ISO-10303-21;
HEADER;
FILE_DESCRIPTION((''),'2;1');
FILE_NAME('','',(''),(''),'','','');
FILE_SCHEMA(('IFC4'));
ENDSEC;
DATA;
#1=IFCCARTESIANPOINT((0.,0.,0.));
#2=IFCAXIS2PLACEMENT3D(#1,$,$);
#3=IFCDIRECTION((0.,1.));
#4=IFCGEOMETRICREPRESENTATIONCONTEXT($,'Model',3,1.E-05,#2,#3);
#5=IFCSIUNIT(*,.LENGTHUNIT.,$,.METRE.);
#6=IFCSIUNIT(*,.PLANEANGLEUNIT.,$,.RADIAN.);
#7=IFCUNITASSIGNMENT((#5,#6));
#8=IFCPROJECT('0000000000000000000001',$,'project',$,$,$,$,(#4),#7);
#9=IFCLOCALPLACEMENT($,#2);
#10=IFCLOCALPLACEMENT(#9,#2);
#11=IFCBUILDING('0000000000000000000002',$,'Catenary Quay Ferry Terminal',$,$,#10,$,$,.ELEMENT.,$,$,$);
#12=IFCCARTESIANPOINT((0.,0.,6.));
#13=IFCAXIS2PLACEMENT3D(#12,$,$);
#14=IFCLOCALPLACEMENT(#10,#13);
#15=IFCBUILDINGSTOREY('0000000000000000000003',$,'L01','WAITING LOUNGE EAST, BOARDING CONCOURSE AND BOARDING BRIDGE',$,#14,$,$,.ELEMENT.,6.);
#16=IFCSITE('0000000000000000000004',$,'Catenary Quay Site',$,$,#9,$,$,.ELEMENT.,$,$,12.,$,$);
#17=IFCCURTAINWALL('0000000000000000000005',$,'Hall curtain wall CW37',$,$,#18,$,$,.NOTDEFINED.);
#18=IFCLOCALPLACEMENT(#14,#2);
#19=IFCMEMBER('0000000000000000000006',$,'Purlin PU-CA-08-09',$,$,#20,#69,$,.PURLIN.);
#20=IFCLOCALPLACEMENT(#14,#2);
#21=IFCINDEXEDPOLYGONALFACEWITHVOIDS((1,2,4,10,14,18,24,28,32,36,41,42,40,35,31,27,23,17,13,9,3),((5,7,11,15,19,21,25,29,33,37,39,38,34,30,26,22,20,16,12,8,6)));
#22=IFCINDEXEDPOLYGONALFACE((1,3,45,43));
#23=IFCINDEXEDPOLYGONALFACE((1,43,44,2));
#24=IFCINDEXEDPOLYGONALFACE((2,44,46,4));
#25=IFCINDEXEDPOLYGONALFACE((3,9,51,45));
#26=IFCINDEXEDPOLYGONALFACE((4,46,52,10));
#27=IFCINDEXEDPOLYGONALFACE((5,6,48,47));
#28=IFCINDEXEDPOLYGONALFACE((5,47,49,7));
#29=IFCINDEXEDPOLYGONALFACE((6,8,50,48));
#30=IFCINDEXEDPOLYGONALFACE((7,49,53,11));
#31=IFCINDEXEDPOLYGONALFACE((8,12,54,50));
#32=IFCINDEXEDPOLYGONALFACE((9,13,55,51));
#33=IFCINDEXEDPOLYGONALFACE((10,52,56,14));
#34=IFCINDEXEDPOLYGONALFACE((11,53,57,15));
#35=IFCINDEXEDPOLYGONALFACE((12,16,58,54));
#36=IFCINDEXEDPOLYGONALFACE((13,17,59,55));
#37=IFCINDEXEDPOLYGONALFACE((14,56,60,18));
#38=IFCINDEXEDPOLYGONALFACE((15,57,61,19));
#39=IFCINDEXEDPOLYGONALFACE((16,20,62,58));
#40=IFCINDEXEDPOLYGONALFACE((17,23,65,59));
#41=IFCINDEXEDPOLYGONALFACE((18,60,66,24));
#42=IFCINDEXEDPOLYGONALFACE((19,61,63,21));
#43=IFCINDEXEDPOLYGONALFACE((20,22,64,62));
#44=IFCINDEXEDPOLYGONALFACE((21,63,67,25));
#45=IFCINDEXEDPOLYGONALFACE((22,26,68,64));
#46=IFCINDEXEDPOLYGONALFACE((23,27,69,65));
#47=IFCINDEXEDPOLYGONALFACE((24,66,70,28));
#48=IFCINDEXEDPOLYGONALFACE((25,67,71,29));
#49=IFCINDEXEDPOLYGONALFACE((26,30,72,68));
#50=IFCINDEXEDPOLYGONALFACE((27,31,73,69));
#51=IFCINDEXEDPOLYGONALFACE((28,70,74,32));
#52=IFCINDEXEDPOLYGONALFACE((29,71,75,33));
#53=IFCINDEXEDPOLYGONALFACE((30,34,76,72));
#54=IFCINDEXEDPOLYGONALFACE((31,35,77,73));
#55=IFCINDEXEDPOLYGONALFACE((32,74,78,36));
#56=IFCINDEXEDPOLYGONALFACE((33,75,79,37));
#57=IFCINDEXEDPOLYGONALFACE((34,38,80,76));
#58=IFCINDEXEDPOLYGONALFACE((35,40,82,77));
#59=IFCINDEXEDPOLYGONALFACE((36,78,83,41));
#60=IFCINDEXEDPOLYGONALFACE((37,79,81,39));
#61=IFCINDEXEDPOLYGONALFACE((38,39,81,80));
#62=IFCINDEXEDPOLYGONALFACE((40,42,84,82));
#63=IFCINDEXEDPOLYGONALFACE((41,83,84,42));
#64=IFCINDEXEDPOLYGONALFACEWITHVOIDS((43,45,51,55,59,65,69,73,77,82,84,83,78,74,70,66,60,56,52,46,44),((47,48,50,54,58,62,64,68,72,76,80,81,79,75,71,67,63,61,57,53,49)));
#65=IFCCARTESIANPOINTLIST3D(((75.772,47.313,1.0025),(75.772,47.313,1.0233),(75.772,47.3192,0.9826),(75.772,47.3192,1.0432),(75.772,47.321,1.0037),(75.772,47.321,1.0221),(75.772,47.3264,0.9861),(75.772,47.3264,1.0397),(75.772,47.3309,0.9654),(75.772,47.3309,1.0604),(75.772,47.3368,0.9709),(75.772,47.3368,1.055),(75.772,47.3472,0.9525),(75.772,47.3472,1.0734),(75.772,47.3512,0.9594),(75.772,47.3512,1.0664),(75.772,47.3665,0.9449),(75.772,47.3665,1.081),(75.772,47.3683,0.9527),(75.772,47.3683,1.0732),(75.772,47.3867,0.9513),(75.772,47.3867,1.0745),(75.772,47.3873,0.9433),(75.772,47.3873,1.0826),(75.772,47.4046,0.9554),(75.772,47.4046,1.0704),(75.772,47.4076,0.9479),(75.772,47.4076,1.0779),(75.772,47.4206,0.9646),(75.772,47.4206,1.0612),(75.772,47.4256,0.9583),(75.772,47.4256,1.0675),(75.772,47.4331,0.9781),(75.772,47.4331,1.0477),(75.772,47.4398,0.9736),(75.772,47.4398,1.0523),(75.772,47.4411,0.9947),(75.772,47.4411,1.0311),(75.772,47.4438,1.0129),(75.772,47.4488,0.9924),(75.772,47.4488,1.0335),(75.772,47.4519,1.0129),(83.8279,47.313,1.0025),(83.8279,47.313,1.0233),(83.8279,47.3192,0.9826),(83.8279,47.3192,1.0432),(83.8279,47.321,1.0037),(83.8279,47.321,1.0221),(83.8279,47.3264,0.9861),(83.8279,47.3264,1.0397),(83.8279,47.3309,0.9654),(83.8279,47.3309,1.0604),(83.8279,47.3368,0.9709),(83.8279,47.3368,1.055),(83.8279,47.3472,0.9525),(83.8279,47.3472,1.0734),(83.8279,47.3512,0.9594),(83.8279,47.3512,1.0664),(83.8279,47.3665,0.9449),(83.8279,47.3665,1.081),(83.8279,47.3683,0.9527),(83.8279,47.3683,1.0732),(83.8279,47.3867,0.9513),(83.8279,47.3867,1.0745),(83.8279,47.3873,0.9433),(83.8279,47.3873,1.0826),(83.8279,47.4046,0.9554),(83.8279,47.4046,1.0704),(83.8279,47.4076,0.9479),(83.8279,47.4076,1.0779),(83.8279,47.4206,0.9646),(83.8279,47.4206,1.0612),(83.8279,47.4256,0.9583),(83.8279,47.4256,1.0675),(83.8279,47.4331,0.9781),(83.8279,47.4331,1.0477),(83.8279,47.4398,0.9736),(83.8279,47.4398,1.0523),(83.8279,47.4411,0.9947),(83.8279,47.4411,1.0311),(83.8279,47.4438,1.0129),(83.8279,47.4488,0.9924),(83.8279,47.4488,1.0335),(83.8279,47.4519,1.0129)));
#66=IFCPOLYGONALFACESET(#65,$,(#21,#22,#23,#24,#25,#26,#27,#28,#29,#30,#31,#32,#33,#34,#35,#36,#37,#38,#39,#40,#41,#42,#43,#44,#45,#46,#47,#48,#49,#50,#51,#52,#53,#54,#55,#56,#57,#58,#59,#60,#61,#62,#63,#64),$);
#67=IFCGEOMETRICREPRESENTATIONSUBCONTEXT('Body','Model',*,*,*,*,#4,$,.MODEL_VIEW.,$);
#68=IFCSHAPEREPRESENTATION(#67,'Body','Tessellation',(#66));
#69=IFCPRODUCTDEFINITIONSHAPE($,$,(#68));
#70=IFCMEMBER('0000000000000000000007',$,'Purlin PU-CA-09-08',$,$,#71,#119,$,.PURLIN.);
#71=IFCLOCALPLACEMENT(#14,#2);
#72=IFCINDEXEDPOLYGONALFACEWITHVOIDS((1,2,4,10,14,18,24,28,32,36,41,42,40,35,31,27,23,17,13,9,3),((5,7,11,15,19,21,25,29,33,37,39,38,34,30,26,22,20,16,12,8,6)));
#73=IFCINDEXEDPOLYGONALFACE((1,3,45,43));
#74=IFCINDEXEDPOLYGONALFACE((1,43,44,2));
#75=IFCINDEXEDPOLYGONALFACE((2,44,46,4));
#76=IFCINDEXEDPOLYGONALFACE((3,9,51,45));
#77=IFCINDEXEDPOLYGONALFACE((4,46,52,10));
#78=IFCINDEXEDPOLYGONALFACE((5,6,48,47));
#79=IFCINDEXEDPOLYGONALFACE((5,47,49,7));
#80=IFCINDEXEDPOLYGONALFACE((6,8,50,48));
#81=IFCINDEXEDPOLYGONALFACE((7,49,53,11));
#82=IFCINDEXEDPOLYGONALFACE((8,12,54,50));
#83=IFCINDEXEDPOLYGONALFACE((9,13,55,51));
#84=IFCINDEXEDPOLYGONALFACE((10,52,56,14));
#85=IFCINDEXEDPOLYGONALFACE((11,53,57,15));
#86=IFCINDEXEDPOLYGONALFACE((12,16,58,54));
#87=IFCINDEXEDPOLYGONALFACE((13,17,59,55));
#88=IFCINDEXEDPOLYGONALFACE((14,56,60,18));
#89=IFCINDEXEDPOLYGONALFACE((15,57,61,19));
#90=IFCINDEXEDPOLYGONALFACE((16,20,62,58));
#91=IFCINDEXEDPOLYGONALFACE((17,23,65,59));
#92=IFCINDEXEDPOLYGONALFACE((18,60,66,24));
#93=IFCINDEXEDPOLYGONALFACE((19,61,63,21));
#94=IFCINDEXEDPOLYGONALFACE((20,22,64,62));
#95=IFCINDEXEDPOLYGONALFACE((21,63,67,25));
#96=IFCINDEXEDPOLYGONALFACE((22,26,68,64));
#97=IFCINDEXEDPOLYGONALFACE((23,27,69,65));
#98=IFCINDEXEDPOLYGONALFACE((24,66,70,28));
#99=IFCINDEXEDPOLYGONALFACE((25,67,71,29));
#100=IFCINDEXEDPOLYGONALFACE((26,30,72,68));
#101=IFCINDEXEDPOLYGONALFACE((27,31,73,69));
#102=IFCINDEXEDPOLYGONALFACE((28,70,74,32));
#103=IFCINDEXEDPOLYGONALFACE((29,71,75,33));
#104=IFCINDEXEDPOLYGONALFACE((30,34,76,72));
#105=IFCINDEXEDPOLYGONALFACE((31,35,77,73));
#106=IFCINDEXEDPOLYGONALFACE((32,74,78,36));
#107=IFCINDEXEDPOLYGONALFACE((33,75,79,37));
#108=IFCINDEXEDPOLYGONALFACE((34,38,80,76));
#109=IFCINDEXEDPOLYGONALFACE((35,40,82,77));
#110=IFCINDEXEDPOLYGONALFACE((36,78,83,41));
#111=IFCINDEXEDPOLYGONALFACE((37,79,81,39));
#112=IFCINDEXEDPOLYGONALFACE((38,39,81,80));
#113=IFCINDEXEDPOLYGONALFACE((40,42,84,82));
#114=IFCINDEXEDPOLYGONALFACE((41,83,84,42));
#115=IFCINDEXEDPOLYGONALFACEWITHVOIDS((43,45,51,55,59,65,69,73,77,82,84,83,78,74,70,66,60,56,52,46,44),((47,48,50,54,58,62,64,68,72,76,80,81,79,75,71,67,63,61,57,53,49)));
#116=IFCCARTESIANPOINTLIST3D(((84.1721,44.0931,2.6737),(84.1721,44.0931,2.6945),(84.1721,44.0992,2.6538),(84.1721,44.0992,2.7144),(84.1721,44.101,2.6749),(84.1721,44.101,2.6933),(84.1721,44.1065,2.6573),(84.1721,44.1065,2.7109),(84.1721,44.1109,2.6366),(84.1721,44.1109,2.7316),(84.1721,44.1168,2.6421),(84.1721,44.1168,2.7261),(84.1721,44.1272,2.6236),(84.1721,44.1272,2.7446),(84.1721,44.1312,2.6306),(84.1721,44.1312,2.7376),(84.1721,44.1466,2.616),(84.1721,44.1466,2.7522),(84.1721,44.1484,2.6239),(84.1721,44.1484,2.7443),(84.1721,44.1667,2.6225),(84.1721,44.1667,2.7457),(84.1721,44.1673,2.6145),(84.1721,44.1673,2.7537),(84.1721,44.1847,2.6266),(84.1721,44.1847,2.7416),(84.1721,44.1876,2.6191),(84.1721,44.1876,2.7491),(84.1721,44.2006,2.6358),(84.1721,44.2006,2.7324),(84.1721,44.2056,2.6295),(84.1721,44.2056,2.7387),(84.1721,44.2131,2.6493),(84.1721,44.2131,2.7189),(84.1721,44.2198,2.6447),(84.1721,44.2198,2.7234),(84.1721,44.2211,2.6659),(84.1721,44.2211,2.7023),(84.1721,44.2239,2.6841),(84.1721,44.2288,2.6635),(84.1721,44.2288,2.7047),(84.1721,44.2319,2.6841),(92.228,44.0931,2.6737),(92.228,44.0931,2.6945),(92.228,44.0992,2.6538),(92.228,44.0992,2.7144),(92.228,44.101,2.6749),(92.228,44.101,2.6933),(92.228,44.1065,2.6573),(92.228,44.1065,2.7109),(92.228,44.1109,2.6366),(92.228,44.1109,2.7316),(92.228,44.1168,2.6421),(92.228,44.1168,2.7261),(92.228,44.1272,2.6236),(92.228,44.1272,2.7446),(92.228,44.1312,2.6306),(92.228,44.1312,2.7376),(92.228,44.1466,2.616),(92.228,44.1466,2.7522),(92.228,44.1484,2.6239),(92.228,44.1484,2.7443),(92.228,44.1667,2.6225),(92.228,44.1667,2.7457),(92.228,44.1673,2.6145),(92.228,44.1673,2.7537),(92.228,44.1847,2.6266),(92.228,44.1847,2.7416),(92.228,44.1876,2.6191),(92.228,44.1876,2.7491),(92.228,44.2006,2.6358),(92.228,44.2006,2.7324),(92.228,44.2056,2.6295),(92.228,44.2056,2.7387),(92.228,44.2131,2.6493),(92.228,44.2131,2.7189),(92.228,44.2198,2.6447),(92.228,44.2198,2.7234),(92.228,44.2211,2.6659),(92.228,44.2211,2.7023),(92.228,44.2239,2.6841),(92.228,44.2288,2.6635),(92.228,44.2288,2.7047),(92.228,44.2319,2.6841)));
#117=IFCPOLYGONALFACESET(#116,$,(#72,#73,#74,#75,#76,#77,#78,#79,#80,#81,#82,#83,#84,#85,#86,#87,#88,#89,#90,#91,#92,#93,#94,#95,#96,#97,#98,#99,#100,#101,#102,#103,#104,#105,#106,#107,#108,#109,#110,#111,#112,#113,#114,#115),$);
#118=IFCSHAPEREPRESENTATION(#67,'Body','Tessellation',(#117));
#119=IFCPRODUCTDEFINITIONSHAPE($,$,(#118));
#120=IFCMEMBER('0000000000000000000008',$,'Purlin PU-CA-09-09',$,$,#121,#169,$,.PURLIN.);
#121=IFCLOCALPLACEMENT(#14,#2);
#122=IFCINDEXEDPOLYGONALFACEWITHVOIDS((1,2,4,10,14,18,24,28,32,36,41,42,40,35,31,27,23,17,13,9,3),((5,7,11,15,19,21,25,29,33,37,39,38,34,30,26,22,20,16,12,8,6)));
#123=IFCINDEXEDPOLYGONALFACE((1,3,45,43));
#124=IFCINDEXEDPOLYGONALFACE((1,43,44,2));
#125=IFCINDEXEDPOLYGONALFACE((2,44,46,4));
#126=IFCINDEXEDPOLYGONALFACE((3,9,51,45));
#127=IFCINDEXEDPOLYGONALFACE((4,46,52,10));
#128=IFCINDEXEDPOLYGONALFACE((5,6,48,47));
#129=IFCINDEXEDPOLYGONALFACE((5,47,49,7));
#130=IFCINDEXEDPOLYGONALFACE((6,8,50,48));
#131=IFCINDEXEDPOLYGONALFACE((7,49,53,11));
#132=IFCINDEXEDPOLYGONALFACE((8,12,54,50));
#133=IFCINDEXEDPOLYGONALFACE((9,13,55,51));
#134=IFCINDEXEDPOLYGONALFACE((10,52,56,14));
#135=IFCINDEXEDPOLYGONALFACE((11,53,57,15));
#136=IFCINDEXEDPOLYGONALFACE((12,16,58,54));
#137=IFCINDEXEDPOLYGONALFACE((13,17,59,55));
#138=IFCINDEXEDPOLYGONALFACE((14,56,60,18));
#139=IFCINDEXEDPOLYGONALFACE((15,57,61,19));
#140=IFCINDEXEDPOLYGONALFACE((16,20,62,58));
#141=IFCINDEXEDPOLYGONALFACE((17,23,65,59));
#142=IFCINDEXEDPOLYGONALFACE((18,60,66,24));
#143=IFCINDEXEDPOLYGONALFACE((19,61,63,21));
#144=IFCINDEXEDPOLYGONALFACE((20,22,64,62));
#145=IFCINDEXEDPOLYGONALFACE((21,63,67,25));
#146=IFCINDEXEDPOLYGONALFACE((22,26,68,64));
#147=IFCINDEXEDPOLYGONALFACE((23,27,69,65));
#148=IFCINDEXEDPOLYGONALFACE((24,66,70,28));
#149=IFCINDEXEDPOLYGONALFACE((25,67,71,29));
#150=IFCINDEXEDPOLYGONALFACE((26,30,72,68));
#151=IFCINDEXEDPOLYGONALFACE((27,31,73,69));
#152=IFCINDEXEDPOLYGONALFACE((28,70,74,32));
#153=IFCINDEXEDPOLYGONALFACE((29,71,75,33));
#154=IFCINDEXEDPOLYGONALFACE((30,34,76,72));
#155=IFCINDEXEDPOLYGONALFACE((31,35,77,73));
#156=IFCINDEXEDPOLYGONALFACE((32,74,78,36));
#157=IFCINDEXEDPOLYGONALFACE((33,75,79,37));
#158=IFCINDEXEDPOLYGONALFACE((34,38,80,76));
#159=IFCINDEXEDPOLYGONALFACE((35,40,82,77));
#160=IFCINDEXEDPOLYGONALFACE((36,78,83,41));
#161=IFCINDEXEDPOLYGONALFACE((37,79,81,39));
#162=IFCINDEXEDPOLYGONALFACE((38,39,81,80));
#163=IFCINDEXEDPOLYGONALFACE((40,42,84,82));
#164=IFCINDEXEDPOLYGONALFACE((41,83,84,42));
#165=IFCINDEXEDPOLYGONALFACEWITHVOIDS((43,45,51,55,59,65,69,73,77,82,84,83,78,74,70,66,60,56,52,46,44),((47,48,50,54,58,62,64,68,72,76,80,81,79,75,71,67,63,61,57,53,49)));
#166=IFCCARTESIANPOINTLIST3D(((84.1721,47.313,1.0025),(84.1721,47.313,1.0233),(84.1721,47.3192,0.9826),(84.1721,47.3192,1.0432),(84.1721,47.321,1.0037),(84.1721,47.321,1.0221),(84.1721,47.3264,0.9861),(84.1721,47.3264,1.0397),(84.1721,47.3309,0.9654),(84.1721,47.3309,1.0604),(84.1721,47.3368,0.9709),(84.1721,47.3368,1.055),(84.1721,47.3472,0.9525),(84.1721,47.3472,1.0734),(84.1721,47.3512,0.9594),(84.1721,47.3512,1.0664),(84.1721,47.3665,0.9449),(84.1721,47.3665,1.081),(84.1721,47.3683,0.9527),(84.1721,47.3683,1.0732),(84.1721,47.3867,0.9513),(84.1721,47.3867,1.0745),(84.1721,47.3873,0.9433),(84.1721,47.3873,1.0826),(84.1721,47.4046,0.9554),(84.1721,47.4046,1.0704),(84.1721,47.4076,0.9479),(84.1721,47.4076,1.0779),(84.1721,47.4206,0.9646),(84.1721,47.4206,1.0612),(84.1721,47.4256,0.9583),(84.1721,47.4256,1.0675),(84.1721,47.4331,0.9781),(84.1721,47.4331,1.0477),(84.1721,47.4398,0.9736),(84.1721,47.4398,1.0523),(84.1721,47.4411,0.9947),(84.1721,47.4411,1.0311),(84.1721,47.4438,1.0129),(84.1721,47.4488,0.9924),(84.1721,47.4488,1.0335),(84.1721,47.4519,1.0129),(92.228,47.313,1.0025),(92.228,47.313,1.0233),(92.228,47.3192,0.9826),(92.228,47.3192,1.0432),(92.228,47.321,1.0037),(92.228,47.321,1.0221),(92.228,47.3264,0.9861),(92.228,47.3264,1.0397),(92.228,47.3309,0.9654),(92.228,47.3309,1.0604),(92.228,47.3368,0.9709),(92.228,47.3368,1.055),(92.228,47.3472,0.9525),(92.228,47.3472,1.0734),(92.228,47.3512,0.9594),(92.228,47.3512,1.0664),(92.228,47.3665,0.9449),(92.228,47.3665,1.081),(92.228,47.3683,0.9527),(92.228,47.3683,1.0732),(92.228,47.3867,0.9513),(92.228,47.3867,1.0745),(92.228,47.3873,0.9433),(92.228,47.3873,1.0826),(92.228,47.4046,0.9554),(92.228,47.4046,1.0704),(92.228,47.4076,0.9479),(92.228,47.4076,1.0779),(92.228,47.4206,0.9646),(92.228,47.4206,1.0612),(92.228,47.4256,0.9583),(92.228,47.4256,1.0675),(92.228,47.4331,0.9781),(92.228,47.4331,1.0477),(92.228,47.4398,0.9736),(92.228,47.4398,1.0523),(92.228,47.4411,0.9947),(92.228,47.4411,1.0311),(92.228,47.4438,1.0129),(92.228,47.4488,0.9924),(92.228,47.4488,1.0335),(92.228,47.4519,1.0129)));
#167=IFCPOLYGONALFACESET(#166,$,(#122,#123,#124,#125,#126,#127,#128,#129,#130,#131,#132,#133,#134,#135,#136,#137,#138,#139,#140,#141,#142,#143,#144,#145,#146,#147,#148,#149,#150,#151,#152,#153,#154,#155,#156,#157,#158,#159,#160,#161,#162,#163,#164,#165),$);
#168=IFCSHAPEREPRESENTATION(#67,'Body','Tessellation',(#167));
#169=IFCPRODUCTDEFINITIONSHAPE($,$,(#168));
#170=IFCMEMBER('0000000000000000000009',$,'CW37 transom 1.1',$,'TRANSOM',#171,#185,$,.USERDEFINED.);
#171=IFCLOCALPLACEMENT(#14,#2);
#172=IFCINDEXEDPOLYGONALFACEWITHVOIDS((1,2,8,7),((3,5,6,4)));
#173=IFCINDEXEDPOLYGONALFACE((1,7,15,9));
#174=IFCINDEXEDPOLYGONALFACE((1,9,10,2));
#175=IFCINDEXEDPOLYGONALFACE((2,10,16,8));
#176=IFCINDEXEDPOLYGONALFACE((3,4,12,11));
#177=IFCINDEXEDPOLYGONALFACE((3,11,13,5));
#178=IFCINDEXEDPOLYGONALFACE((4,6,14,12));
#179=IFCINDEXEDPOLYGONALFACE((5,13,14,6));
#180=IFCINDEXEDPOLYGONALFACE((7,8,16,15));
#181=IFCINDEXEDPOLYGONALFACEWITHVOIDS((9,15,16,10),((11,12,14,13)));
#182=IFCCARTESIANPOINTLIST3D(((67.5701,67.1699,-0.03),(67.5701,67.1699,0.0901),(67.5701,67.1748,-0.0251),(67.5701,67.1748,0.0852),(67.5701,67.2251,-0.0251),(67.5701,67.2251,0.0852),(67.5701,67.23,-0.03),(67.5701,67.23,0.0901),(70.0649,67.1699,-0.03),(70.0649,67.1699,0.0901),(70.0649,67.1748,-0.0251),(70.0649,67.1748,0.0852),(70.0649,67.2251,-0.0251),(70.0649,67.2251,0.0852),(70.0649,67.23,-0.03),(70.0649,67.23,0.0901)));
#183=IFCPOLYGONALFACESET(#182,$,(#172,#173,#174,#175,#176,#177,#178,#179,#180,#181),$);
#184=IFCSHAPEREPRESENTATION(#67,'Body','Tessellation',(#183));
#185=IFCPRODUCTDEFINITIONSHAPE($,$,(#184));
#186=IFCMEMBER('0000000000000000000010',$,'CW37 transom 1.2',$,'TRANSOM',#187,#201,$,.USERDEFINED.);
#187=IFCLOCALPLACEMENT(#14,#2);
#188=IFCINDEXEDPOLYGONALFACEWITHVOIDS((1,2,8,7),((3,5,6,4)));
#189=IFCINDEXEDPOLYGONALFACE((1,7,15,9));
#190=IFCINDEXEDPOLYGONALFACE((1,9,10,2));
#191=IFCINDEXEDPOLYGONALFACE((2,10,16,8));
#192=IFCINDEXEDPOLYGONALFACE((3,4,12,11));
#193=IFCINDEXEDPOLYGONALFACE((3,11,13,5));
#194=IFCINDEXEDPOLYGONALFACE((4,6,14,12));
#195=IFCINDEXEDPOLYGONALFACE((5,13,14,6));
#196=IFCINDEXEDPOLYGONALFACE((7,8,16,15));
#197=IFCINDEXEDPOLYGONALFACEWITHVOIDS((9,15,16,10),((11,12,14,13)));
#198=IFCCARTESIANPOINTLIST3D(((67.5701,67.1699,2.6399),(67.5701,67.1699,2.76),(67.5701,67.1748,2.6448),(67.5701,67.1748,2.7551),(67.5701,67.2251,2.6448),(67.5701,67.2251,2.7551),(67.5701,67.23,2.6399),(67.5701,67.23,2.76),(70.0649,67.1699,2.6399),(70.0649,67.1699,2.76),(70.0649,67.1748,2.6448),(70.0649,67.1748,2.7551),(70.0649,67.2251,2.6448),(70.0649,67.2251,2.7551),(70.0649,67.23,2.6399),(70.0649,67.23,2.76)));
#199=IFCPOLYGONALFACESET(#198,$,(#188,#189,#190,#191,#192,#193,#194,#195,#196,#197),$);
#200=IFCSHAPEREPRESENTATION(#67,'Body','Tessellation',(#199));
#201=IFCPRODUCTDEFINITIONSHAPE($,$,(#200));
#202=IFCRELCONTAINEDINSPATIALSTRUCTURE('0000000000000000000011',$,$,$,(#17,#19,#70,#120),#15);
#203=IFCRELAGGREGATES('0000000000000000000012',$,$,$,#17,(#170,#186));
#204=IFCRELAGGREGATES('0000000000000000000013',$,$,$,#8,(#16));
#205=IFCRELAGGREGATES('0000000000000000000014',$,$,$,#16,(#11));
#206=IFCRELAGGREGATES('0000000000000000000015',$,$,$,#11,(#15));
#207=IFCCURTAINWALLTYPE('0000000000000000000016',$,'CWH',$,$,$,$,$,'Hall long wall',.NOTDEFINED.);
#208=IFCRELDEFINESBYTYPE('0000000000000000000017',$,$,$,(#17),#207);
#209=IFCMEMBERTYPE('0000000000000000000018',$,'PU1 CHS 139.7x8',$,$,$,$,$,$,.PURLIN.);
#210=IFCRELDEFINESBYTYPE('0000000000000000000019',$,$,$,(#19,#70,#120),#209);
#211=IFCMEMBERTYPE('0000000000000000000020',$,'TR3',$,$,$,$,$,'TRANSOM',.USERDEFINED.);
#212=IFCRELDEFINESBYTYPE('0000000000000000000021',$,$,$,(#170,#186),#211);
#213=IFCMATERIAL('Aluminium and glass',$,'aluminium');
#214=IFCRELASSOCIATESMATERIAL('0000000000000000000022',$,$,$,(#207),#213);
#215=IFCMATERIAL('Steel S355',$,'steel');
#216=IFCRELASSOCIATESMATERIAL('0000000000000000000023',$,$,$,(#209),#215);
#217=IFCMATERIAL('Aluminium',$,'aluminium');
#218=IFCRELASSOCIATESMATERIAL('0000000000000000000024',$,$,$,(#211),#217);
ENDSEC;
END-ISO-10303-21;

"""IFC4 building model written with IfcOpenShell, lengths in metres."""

from ifc_helpers import new_model, si_unit, direction, frame, origin, origin_2d, place, context, subcontext, project, spatial, hollow_rectangle, hollow_circle, extrude, material, material_profile, profile_set, type_object, element, aggregate, save


model = new_model("IFC4")

# Units and contexts
model_context = context("Model", 3, precision=1e-05, world=origin(), true_north=direction((0.0, 1.0)))
body_context = subcontext(model_context, "Body", "Model", "MODEL_VIEW")
ifc_project = project(units=[si_unit("LENGTHUNIT", "METRE"), si_unit("PLANEANGLEUNIT", "RADIAN")], contexts=[model_context])

# Site, building, storey
site_placement = place(None, origin())
site = spatial("IfcSite", under=ifc_project, at=site_placement, Name="Catenary Quay Site", CompositionType="ELEMENT", RefElevation=12.0)
building_placement = place(site_placement, origin())
building = spatial("IfcBuilding", under=site, at=building_placement, Name="Catenary Quay Ferry Terminal", CompositionType="ELEMENT")
storey_placement = place(building_placement, frame((0.0, 0.0, 6.0)))
storey = spatial("IfcBuildingStorey", under=building, at=storey_placement, Name="L01", Description="WAITING LOUNGE EAST, BOARDING CONCOURSE AND BOARDING BRIDGE", CompositionType="ELEMENT", Elevation=6.0)

# Curtain wall
ifc_material_1 = material(Name="Aluminium and glass", Category="aluminium")
curtain_wall_type = type_object("IfcCurtainWallType", Name="CWH", ElementType="Hall long wall", PredefinedType="NOTDEFINED", material=ifc_material_1)
curtain_wall_placement = place(storey_placement, origin())
curtain_wall = element("IfcCurtainWall", 1, at=curtain_wall_placement, inside=storey, type_object=curtain_wall_type, Name="Hall curtain wall CW37", PredefinedType="NOTDEFINED")

# Members
ifc_material_2 = material(Name="Steel S355", Category="steel")
ifc_material_profile_1 = material_profile(ifc_material_2, hollow_circle(Radius=0.0698, WallThickness=0.0081, at=origin_2d()), Name="CHS 139.7x8")
ifc_profile_set_1 = profile_set([ifc_material_profile_1], Name="Steel S355")
member_type_1 = type_object("IfcMemberType", Name="PU1 CHS 139.7x8", PredefinedType="PURLIN", material=ifc_profile_set_1)
for number, where, z_axis, x_axis, name in (
    (2, (75.772, 47.3821, 1.0129), (1.0, 0.0, 0.0), (0.0, 1.0, 0.0), "Purlin PU-CA-08-09"),
    (3, (84.1721, 44.1621, 2.6841), (1.0, 0.0, 0.0), (0.0, 1.0, 0.0), "Purlin PU-CA-09-08"),
    (4, (84.1721, 47.3821, 1.0129), (1.0, 0.0, 0.0), (0.0, 1.0, 0.0), "Purlin PU-CA-09-09"),
):
    element("IfcMember", number, at=place(storey_placement, frame(where, z_axis=z_axis, x_axis=x_axis)), inside=storey, type_object=member_type_1, Name=name, PredefinedType="PURLIN", context=body_context, shape_type="SweptSolid", body=[
        extrude(hollow_circle(Radius=0.0698, WallThickness=0.0081, at=origin_2d()), origin(), (0.0, 0.0, 1.0), 8.0559),
    ])

# Members
ifc_material_3 = material(Name="Aluminium", Category="aluminium")
ifc_material_profile_2 = material_profile(ifc_material_3, hollow_rectangle(XDim=0.0601, YDim=0.1201, WallThickness=0.0049, at=origin_2d()), Name="TR3")
ifc_profile_set_2 = profile_set([ifc_material_profile_2], Name="Aluminium")
member_type_2 = type_object("IfcMemberType", Name="TR3", ElementType="TRANSOM", PredefinedType="USERDEFINED", material=ifc_profile_set_2)
member_1_placement = place(storey_placement, frame((67.5701, 67.2, 0.03), z_axis=(1.0, 0.0, 0.0), x_axis=(0.0, 1.0, 0.0)))
member_1 = element("IfcMember", 5, at=member_1_placement, type_object=member_type_2, Name="CW37 transom 1.1", ObjectType="TRANSOM", PredefinedType="USERDEFINED", context=body_context, shape_type="SweptSolid", body=[
    extrude(hollow_rectangle(XDim=0.0601, YDim=0.1201, WallThickness=0.0049, at=origin_2d()), origin(), (0.0, 0.0, 1.0), 2.4949),
])
member_2_placement = place(storey_placement, frame((67.5701, 67.2, 2.7), z_axis=(1.0, 0.0, 0.0), x_axis=(0.0, 1.0, 0.0)))
member_2 = element("IfcMember", 6, at=member_2_placement, type_object=member_type_2, Name="CW37 transom 1.2", ObjectType="TRANSOM", PredefinedType="USERDEFINED", context=body_context, shape_type="SweptSolid", body=[
    extrude(hollow_rectangle(XDim=0.0601, YDim=0.1201, WallThickness=0.0049, at=origin_2d()), origin(), (0.0, 0.0, 1.0), 2.4949),
])

aggregate(curtain_wall, [member_1, member_2])

save(model, "model.ifc")
